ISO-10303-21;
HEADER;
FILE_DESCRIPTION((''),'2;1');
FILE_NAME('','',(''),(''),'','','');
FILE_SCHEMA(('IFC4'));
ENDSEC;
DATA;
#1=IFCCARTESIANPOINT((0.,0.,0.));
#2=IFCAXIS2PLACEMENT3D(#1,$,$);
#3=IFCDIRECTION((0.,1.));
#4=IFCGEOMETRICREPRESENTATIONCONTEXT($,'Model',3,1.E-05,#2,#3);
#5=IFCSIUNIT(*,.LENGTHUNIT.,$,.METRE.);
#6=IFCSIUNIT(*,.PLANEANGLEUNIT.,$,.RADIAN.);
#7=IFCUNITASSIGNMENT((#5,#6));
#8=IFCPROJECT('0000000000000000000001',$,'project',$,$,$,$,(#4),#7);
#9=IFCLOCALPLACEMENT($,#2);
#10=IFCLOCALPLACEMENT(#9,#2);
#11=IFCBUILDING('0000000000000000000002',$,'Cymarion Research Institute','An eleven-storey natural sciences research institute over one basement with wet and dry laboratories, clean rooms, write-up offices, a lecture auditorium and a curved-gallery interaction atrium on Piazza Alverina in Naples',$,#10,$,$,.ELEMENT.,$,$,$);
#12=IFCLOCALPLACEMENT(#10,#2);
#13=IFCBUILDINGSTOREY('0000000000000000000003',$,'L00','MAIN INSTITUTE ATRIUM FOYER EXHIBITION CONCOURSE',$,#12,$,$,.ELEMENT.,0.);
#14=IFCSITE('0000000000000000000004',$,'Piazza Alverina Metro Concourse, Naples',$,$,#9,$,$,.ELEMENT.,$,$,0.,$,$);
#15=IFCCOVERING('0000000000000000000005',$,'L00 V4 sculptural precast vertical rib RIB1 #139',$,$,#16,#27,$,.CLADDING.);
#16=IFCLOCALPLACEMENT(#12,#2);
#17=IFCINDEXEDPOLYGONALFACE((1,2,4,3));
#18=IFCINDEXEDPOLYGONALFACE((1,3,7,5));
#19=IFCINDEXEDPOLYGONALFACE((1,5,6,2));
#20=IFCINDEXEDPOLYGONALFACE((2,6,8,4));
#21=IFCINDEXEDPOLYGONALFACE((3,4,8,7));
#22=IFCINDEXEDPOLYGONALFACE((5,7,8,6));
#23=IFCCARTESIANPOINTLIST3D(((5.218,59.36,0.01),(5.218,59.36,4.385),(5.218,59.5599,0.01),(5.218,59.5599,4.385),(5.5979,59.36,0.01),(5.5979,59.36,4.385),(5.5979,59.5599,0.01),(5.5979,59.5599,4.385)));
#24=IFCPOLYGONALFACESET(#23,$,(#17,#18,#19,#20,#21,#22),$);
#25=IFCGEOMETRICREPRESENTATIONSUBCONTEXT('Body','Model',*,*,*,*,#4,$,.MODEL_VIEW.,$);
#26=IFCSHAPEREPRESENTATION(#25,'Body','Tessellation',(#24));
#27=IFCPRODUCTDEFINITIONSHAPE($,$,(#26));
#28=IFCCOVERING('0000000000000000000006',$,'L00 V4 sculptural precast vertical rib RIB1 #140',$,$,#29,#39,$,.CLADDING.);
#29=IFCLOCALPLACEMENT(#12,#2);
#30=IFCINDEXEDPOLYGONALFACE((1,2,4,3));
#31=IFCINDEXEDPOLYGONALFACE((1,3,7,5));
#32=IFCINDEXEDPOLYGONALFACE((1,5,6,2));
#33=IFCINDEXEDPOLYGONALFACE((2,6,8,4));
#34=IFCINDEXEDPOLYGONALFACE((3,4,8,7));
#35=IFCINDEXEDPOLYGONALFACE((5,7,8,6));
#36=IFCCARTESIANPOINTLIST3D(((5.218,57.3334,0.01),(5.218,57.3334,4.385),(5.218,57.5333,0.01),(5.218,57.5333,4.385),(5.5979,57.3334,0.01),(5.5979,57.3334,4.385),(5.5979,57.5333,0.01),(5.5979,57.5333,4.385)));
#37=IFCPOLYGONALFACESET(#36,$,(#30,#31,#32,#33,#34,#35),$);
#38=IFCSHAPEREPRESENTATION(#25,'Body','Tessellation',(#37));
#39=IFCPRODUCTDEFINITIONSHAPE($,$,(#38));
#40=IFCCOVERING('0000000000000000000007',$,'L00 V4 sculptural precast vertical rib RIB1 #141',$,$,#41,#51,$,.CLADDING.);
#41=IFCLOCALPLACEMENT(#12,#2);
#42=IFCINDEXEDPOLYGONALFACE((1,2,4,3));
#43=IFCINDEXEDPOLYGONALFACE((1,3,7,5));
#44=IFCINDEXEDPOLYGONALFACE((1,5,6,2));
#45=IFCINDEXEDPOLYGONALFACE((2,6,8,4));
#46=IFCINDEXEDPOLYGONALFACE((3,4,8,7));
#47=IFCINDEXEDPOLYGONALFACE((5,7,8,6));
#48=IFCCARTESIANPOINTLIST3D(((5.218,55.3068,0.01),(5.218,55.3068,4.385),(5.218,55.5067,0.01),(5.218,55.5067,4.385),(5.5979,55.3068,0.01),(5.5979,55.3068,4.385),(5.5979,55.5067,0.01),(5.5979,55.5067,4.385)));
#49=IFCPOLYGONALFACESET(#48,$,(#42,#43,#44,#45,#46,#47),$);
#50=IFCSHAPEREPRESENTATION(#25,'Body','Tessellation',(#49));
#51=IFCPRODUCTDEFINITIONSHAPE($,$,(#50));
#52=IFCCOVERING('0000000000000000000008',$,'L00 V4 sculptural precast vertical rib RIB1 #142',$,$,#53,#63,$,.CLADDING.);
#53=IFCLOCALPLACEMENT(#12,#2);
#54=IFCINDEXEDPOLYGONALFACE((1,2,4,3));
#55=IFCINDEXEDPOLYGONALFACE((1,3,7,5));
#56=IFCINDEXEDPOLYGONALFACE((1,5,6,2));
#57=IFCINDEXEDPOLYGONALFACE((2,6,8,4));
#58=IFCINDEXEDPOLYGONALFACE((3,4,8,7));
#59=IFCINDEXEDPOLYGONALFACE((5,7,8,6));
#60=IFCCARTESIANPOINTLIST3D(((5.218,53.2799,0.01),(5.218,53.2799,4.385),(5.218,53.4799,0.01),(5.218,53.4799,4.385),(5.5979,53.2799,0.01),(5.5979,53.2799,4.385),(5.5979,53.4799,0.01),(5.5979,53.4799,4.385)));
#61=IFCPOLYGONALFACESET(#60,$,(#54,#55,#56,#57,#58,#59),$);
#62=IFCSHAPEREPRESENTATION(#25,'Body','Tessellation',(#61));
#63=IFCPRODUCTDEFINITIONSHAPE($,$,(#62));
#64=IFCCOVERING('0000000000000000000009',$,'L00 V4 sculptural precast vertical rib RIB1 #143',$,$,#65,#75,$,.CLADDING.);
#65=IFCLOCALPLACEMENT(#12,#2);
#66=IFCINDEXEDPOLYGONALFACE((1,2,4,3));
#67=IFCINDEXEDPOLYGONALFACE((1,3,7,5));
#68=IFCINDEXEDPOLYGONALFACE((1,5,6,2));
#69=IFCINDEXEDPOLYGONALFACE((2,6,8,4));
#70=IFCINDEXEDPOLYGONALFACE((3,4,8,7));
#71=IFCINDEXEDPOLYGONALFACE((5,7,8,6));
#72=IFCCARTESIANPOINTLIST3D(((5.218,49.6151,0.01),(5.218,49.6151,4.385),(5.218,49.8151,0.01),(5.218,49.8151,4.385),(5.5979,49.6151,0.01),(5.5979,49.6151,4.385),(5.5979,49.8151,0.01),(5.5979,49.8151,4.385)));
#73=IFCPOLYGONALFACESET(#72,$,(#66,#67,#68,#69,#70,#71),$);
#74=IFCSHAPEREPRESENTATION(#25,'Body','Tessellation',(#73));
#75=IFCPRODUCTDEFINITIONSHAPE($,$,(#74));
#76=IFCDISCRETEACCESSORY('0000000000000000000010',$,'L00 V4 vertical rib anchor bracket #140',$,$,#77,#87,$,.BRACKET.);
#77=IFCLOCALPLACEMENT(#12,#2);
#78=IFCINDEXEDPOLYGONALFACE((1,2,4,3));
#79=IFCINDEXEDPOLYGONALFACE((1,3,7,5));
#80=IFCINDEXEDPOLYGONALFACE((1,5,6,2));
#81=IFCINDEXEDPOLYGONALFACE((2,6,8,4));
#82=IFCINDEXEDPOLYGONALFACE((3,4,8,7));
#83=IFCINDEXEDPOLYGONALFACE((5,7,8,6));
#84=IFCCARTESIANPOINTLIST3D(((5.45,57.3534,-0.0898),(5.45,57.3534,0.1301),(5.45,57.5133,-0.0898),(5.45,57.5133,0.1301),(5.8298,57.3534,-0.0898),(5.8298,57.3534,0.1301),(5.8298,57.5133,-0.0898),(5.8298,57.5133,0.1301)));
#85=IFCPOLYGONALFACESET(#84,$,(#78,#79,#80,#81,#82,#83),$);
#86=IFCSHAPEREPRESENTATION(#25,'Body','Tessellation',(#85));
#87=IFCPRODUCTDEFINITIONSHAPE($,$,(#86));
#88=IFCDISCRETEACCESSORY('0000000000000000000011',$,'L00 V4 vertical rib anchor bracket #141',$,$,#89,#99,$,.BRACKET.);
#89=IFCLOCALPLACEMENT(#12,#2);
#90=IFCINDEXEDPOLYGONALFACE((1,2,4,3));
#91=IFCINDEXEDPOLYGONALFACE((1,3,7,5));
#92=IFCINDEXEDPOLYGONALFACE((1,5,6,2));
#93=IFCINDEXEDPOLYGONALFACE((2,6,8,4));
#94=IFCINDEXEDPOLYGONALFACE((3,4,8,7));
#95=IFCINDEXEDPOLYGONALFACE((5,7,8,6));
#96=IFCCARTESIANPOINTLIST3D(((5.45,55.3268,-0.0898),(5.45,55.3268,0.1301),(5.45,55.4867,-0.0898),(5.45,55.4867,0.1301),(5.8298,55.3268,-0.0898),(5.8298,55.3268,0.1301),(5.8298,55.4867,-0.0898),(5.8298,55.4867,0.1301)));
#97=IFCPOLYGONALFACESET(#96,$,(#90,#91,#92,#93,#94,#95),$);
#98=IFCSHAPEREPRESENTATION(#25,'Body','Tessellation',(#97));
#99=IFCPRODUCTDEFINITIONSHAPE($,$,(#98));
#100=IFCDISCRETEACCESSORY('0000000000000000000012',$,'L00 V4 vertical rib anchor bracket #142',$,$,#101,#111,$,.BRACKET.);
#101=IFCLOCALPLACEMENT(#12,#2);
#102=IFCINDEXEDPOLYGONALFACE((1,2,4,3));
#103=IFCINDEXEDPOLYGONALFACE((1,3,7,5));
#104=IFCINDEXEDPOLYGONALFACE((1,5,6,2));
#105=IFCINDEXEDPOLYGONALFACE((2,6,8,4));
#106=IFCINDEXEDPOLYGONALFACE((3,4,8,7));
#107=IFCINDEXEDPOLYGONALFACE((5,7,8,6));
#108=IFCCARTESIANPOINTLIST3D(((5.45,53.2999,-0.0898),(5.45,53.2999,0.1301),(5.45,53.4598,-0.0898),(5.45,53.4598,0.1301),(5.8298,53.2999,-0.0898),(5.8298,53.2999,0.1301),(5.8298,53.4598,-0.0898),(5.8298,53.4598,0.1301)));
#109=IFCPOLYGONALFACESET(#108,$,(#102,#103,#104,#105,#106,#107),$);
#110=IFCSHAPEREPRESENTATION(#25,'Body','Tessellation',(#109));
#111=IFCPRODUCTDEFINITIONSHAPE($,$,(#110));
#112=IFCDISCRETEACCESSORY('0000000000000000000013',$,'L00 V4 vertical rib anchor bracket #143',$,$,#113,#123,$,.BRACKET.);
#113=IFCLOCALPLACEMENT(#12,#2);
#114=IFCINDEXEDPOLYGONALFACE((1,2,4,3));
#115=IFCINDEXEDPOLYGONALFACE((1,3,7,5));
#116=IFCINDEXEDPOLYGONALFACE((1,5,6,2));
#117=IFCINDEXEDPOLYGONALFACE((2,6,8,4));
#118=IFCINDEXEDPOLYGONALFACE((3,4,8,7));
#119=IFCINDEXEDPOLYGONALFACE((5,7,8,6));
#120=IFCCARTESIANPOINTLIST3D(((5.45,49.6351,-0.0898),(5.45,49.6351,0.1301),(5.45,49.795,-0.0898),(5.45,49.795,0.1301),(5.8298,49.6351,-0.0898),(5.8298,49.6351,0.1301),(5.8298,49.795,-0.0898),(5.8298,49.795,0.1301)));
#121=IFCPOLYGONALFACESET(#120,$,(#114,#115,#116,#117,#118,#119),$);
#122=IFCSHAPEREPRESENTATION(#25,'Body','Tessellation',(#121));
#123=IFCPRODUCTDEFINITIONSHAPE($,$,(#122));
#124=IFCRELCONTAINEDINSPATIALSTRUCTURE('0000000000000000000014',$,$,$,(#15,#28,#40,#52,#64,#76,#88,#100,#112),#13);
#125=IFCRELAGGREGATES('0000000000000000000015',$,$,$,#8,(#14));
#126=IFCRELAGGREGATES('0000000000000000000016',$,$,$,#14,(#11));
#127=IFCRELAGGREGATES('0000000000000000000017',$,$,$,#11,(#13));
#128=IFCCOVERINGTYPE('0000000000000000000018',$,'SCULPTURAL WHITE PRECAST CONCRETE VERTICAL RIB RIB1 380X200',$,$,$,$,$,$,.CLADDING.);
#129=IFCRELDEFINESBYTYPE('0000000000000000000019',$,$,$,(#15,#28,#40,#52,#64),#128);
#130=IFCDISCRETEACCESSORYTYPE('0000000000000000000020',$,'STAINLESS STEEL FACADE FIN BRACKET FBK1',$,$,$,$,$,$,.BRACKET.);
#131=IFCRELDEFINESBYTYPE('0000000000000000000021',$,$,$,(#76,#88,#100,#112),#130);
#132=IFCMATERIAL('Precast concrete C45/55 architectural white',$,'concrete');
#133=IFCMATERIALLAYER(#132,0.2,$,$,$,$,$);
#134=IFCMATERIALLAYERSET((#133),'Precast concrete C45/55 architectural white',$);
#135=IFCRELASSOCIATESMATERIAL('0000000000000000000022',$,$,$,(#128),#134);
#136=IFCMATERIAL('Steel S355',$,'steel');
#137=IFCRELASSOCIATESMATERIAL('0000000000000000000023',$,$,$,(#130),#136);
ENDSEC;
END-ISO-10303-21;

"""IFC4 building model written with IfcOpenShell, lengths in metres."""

from ifc_helpers import new_model, si_unit, direction, frame, origin, origin_2d, place, context, subcontext, project, spatial, rectangle, extrude, material, layer, layer_set, type_object, element, save


model = new_model("IFC4")

# Units and contexts
model_context = context("Model", 3, precision=1e-05, world=origin(), true_north=direction((0.0, 1.0)))
body_context = subcontext(model_context, "Body", "Model", "MODEL_VIEW")
ifc_project = project(units=[si_unit("LENGTHUNIT", "METRE"), si_unit("PLANEANGLEUNIT", "RADIAN")], contexts=[model_context])

# Site, building, storey
site_placement = place(None, origin())
site = spatial("IfcSite", under=ifc_project, at=site_placement, Name="Piazza Alverina Metro Concourse, Naples", CompositionType="ELEMENT", RefElevation=0.0)
building_placement = place(site_placement, origin())
building = spatial("IfcBuilding", under=site, at=building_placement, Name="Cymarion Research Institute", Description="An eleven-storey natural sciences research institute over one basement with wet and dry laboratories, clean rooms, write-up offices, a lecture auditorium and a curved-gallery interaction atrium on Piazza Alverina in Naples", CompositionType="ELEMENT")
storey_placement = place(building_placement, origin())
storey = spatial("IfcBuildingStorey", under=building, at=storey_placement, Name="L00", Description="MAIN INSTITUTE ATRIUM FOYER EXHIBITION CONCOURSE", CompositionType="ELEMENT", Elevation=0.0)

# Shared definitions
ifc_material_1 = material(Name="Steel S355", Category="steel")

# Coverings
ifc_material_2 = material(Name="Precast concrete C45/55 architectural white", Category="concrete")
ifc_layer = layer(ifc_material_2, 0.2)
ifc_layer_set = layer_set([ifc_layer], Name="Precast concrete C45/55 architectural white")
covering_type = type_object("IfcCoveringType", Name="SCULPTURAL WHITE PRECAST CONCRETE VERTICAL RIB RIB1 380X200", PredefinedType="CLADDING", material=ifc_layer_set)
for number, where, z_axis, x_axis, name in (
    (1, (5.408, 59.46, 0.01), (0.0, 0.0, 1.0), (-1.0, 0.0, 0.0), "L00 V4 sculptural precast vertical rib RIB1 #139"),
    (2, (5.408, 57.4333, 0.01), (0.0, 0.0, 1.0), (-1.0, 0.0, 0.0), "L00 V4 sculptural precast vertical rib RIB1 #140"),
    (3, (5.408, 55.4067, 0.01), (0.0, 0.0, 1.0), (-1.0, 0.0, 0.0), "L00 V4 sculptural precast vertical rib RIB1 #141"),
    (4, (5.408, 53.3799, 0.01), (0.0, 0.0, 1.0), (-1.0, 0.0, 0.0), "L00 V4 sculptural precast vertical rib RIB1 #142"),
    (5, (5.408, 49.7151, 0.01), (0.0, 0.0, 1.0), (-1.0, 0.0, 0.0), "L00 V4 sculptural precast vertical rib RIB1 #143"),
):
    element("IfcCovering", number, at=place(storey_placement, frame(where, z_axis=z_axis, x_axis=x_axis)), inside=storey, type_object=covering_type, Name=name, PredefinedType="CLADDING", context=body_context, shape_type="SweptSolid", body=[
        extrude(rectangle(XDim=0.3799, YDim=0.2, at=origin_2d()), origin(), (0.0, 0.0, 1.0), 4.375),
    ])

# Discrete accessories
discrete_accessory_type = type_object("IfcDiscreteAccessoryType", Name="STAINLESS STEEL FACADE FIN BRACKET FBK1", PredefinedType="BRACKET", material=ifc_material_1)
for number, where, z_axis, x_axis, name in (
    (6, (5.6399, 57.4333, -0.0898), (0.0, 0.0, 1.0), (-1.0, 0.0, 0.0), "L00 V4 vertical rib anchor bracket #140"),
    (7, (5.6399, 55.4067, -0.0898), (0.0, 0.0, 1.0), (-1.0, 0.0, 0.0), "L00 V4 vertical rib anchor bracket #141"),
    (8, (5.6399, 53.3799, -0.0898), (0.0, 0.0, 1.0), (-1.0, 0.0, 0.0), "L00 V4 vertical rib anchor bracket #142"),
    (9, (5.6399, 49.7151, -0.0898), (0.0, 0.0, 1.0), (-1.0, 0.0, 0.0), "L00 V4 vertical rib anchor bracket #143"),
):
    element("IfcDiscreteAccessory", number, at=place(storey_placement, frame(where, z_axis=z_axis, x_axis=x_axis)), inside=storey, type_object=discrete_accessory_type, Name=name, PredefinedType="BRACKET", context=body_context, shape_type="SweptSolid", body=[
        extrude(rectangle(XDim=0.3799, YDim=0.1599, at=origin_2d()), origin(), (0.0, 0.0, 1.0), 0.22),
    ])

save(model, "model.ifc")
